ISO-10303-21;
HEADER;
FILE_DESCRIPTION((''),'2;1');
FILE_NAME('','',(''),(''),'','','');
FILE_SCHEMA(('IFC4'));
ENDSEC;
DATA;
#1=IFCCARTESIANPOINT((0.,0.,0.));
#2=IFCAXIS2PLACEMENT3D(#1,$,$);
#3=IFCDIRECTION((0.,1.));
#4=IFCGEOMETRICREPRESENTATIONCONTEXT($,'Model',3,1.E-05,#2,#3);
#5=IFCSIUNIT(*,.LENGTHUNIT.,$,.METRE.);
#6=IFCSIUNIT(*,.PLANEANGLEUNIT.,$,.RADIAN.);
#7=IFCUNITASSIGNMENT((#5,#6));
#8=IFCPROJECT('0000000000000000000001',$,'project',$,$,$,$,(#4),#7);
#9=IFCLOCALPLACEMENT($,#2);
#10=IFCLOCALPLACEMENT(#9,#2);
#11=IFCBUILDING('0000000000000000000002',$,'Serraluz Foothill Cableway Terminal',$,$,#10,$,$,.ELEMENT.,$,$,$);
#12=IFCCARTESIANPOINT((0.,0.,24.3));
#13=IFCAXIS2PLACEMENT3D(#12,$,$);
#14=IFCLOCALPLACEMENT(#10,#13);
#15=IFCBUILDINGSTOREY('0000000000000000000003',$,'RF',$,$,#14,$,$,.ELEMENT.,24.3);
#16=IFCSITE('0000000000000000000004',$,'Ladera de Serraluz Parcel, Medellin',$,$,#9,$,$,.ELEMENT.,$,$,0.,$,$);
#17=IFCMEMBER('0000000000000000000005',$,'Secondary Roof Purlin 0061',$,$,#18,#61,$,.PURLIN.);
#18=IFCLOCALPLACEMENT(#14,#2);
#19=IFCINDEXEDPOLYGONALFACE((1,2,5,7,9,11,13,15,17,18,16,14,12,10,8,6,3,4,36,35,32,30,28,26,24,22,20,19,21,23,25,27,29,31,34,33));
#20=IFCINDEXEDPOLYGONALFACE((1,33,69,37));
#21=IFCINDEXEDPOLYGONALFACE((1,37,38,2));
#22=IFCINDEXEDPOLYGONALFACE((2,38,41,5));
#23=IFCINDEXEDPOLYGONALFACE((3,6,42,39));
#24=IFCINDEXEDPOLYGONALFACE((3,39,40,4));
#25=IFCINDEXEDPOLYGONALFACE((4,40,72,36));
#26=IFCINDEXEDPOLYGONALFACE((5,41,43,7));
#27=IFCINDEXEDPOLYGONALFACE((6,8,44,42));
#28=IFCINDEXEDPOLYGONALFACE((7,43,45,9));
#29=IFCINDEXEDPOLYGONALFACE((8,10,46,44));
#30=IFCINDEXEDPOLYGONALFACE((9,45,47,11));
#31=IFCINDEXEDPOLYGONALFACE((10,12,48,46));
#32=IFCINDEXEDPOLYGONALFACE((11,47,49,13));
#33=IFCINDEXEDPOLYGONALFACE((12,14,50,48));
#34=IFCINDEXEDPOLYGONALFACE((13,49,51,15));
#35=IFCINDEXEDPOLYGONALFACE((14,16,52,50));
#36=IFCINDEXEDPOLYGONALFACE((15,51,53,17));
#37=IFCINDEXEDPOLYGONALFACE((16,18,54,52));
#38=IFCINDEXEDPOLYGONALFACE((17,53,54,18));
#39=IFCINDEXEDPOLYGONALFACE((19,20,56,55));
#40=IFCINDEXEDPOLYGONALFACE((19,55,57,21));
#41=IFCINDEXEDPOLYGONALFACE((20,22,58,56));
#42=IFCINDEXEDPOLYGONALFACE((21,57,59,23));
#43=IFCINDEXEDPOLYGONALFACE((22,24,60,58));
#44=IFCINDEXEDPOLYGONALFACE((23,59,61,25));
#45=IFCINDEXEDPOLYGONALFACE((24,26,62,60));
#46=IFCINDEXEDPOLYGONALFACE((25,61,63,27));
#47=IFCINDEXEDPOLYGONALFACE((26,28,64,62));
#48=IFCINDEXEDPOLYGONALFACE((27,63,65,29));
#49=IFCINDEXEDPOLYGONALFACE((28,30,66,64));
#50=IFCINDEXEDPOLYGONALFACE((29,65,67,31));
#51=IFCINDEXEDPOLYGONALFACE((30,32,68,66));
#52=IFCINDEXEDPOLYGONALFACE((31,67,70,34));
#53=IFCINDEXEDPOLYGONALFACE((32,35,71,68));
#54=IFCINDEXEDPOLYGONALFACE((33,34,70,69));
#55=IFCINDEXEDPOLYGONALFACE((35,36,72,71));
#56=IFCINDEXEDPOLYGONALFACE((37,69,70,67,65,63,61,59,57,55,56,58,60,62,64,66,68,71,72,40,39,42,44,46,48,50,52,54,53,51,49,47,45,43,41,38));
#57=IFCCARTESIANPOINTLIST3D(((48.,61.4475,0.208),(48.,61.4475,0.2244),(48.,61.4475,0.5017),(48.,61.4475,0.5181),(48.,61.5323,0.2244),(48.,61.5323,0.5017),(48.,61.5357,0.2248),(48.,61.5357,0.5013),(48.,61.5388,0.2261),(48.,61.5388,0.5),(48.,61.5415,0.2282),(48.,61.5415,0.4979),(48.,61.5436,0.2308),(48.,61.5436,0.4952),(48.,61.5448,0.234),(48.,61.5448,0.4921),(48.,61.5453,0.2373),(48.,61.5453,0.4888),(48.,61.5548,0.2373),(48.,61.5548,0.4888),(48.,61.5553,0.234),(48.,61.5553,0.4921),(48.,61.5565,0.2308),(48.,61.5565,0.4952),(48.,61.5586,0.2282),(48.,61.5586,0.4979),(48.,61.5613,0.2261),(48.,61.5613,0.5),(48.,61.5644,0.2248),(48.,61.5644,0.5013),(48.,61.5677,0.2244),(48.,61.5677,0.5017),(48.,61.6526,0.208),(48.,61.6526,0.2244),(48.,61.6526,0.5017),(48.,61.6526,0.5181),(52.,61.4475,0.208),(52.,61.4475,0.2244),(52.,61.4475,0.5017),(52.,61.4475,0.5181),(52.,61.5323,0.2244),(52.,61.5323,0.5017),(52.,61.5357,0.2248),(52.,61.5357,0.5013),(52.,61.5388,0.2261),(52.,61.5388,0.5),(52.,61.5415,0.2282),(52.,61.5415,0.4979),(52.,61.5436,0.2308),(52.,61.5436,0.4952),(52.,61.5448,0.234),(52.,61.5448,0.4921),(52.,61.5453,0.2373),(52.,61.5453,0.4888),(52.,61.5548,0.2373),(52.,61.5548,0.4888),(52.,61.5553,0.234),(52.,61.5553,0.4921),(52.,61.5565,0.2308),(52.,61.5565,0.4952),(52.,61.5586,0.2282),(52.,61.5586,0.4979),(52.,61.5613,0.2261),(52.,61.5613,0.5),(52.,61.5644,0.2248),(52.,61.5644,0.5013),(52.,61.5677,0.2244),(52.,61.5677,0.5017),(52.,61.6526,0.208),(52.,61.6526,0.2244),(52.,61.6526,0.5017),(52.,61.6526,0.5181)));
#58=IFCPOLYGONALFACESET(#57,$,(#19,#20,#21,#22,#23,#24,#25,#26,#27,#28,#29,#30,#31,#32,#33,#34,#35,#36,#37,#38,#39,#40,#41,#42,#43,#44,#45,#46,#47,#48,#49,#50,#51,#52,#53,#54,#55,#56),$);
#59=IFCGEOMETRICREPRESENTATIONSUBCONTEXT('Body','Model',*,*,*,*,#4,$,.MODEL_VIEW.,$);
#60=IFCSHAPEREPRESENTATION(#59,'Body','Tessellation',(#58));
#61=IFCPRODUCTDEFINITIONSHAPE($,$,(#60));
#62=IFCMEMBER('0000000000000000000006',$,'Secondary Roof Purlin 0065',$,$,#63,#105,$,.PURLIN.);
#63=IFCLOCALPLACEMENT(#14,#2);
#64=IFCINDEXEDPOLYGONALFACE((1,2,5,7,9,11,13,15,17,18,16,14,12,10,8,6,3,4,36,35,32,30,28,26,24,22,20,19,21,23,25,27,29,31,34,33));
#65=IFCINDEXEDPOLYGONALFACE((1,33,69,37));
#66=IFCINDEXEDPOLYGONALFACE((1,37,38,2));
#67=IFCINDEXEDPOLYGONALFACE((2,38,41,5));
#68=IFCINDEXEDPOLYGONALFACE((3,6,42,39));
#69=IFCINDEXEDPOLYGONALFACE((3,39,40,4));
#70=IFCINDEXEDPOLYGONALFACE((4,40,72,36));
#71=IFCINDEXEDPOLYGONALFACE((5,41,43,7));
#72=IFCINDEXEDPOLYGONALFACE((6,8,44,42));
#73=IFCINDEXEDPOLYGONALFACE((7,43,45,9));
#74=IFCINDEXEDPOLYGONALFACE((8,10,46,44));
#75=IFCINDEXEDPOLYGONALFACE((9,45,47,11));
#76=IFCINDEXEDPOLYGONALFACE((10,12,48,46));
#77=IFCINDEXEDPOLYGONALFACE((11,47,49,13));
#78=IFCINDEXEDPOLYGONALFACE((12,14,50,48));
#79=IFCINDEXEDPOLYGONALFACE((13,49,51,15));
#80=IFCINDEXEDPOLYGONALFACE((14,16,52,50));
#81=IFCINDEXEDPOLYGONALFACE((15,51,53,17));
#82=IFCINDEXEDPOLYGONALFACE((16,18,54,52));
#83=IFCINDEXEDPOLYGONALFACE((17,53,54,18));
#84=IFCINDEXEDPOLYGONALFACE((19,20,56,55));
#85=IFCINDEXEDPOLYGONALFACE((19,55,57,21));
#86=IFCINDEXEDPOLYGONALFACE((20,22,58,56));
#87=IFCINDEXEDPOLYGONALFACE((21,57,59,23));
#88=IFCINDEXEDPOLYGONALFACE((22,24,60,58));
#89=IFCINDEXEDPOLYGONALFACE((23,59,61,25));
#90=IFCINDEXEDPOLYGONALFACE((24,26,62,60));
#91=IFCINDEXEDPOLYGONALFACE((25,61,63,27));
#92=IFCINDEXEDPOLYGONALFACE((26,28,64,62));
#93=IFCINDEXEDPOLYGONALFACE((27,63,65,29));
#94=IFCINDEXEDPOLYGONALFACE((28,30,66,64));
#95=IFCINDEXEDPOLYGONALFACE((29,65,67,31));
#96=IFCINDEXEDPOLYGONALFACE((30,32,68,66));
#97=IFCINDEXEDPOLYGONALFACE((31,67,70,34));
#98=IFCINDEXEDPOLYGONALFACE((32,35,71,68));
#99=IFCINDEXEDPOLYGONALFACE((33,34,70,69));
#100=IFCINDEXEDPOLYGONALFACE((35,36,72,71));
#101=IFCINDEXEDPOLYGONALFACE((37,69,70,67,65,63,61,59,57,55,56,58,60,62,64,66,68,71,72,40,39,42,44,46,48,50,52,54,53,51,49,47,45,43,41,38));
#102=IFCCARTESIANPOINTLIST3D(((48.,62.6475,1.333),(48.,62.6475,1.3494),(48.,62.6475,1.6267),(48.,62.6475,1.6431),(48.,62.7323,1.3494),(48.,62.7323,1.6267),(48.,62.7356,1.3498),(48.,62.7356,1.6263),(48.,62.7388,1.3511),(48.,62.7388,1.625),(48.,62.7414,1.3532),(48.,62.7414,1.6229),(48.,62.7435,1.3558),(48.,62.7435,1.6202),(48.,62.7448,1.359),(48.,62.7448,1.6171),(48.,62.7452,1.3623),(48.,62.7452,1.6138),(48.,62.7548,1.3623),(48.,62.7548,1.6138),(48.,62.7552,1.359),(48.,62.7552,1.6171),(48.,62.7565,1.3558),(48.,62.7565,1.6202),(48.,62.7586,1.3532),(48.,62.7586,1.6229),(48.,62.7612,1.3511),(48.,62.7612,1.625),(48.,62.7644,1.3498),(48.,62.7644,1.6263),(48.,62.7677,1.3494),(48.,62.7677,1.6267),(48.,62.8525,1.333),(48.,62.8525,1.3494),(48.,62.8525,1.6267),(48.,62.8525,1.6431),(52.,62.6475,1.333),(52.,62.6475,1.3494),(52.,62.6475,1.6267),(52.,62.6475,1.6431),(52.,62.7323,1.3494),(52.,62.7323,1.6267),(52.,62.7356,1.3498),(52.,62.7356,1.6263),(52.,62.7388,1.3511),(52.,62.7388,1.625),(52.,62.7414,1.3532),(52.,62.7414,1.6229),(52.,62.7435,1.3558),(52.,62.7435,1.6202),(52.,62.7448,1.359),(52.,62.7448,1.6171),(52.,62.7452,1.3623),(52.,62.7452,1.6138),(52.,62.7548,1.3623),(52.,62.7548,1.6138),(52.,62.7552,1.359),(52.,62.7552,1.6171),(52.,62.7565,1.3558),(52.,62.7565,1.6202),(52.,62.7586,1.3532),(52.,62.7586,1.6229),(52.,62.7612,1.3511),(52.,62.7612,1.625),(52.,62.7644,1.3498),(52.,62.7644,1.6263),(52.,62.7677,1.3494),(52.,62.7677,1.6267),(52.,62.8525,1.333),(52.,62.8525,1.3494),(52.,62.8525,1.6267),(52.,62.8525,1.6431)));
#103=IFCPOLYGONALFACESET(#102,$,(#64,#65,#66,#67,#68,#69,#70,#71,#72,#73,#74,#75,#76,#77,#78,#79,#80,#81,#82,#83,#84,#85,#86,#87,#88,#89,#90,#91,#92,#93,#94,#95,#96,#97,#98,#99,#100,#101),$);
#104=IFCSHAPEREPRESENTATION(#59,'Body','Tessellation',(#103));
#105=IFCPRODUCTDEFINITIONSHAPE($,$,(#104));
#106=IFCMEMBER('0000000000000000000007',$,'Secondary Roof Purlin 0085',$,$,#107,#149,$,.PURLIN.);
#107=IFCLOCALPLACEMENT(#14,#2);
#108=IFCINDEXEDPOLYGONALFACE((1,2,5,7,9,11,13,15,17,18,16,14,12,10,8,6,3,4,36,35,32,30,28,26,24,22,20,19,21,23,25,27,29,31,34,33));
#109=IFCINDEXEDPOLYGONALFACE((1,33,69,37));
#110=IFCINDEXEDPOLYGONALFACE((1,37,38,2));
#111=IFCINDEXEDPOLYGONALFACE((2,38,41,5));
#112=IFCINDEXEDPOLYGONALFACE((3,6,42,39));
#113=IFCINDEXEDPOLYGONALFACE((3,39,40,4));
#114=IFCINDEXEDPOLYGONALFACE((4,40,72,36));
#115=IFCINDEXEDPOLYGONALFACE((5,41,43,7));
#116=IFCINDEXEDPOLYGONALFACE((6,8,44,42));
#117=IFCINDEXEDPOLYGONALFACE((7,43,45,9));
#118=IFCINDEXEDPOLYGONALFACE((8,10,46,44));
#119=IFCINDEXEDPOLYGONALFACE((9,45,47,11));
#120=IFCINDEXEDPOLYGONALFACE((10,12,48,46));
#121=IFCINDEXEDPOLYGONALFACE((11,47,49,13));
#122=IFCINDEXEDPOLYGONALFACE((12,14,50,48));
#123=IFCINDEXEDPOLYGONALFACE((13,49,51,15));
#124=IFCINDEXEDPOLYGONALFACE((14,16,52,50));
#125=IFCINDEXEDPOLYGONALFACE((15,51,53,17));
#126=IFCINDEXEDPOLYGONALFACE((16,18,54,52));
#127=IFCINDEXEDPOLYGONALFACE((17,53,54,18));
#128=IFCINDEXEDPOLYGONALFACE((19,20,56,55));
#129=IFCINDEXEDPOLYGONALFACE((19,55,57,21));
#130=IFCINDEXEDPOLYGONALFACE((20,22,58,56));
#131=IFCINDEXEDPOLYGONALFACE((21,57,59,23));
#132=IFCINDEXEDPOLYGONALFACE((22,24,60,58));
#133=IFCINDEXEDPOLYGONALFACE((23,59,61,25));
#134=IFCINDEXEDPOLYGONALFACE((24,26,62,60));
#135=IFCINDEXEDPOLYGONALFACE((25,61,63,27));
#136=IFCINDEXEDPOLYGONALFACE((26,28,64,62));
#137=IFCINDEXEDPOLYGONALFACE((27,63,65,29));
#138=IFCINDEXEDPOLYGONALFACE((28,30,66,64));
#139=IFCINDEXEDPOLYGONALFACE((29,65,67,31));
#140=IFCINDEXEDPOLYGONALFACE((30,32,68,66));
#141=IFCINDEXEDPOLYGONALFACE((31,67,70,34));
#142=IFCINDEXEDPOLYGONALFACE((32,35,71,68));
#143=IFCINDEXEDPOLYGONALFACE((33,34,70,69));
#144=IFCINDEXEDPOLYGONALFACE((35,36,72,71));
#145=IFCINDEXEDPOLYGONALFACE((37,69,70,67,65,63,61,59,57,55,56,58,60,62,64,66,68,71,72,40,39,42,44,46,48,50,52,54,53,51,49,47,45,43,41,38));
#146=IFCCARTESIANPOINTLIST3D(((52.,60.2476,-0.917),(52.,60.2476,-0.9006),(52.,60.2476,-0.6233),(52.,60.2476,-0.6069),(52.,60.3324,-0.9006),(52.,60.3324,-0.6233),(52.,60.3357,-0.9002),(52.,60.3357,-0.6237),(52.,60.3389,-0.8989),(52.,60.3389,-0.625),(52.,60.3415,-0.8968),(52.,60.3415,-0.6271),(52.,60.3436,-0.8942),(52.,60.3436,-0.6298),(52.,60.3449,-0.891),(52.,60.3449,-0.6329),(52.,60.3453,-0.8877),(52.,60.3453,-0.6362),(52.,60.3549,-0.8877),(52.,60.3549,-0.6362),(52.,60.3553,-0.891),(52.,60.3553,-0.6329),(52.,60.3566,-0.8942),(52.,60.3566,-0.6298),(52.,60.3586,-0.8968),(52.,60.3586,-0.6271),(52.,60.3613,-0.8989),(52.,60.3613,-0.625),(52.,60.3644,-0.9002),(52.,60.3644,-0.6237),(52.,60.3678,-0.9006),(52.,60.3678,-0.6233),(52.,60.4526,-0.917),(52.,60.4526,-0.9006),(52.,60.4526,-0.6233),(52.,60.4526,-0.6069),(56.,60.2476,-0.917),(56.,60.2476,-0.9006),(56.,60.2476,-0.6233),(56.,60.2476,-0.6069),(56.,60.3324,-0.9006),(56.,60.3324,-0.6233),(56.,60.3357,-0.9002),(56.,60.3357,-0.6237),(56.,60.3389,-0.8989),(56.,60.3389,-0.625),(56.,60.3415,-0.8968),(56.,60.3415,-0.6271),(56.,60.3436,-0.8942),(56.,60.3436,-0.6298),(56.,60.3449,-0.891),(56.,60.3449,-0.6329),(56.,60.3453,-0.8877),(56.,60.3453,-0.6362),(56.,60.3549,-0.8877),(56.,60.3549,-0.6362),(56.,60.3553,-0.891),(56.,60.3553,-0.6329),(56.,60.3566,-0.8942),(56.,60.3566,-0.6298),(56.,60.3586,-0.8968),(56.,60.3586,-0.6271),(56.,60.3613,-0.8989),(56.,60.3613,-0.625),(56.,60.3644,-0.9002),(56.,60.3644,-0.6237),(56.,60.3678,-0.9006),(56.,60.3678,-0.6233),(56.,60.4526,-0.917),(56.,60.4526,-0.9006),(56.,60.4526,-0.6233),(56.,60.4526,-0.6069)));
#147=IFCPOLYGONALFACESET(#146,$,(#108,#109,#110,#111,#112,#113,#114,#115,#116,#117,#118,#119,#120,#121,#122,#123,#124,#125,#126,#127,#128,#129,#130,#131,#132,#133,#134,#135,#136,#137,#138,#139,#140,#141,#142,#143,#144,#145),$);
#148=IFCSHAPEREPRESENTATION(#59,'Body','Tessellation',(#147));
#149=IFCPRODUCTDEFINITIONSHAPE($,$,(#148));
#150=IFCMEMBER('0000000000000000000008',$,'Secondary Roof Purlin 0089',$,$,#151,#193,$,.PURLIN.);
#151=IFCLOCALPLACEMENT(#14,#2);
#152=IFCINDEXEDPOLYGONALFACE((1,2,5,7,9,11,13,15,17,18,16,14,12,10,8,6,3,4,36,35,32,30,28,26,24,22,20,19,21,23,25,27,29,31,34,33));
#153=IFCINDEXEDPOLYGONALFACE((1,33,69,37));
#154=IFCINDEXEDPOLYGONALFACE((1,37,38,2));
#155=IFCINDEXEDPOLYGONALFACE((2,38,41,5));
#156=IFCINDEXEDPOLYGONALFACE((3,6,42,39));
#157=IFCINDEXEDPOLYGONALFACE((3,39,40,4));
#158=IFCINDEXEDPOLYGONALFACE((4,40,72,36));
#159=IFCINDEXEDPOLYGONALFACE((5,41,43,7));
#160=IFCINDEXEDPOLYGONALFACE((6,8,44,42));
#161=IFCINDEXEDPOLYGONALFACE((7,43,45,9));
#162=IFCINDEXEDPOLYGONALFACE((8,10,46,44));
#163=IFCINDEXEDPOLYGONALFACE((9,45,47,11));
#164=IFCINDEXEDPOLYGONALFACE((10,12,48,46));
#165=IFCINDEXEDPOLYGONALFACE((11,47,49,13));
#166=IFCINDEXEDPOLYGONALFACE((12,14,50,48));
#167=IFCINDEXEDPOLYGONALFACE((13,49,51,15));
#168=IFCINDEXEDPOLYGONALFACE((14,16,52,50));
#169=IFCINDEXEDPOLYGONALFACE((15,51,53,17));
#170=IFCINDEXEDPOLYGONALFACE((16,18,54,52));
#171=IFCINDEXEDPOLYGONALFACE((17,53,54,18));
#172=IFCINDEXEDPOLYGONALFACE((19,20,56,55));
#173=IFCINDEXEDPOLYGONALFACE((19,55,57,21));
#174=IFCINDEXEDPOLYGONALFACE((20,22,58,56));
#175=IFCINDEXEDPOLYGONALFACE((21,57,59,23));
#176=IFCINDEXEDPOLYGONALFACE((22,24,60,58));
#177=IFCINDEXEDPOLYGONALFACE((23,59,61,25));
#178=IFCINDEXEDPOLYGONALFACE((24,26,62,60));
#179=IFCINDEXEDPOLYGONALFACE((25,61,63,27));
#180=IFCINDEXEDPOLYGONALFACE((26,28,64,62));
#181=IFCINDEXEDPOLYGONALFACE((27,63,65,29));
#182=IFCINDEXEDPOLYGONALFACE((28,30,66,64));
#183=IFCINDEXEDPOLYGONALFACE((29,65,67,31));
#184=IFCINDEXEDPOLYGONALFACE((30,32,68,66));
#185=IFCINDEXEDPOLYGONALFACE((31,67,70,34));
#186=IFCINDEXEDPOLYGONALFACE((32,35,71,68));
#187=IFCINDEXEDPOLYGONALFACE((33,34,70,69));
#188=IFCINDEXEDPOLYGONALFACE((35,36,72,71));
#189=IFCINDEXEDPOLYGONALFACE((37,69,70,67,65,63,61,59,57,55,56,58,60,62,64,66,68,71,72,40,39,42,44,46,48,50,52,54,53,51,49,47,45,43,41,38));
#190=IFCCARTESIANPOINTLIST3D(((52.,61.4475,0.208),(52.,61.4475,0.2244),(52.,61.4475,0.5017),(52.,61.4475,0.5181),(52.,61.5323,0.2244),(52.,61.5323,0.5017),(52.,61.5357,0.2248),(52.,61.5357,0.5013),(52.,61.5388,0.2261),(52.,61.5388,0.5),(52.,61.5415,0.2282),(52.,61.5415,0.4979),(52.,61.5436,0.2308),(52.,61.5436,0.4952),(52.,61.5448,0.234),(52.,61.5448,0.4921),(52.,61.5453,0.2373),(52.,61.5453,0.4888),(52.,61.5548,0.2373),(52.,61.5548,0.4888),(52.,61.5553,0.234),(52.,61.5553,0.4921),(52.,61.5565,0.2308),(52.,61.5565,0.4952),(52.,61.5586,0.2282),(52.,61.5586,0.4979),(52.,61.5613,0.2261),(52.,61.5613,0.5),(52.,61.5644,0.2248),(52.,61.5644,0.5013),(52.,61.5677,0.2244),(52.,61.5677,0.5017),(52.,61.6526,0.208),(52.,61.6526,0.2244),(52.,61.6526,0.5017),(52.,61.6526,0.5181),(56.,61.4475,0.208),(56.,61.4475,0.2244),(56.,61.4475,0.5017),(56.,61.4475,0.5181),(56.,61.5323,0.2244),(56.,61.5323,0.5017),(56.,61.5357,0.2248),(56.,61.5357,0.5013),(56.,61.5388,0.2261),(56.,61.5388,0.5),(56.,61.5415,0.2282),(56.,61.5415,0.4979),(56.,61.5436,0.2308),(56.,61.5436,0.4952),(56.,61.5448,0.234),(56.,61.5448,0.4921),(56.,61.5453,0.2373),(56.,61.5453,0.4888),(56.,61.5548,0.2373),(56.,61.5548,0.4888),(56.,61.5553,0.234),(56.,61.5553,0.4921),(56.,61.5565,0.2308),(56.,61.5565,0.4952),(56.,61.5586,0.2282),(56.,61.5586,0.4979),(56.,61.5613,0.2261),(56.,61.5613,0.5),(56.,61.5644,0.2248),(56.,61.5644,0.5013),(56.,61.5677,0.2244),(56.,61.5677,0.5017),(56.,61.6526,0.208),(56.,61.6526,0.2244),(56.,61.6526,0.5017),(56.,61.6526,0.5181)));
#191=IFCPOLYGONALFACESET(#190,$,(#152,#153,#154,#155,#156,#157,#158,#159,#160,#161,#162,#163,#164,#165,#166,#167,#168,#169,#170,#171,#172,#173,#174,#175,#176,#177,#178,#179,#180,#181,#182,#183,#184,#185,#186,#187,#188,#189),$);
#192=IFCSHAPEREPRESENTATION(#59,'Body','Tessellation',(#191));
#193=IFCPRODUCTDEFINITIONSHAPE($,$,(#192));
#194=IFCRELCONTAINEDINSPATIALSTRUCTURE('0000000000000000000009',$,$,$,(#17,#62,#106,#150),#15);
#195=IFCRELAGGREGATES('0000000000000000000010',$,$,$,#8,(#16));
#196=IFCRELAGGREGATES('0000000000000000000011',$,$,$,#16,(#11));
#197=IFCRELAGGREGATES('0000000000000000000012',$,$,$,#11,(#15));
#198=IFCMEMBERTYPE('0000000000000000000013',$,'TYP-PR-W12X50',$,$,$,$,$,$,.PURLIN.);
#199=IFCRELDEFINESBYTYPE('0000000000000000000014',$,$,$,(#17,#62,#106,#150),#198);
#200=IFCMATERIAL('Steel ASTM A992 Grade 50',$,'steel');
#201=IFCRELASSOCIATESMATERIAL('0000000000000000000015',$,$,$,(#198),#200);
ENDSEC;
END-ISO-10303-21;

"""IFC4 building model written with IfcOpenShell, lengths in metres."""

from ifc_helpers import new_model, si_unit, direction, frame, origin, origin_2d, place, context, subcontext, project, spatial, i_section, extrude, material, material_profile, profile_set, type_object, element, save


model = new_model("IFC4")

# Units and contexts
model_context = context("Model", 3, precision=1e-05, world=origin(), true_north=direction((0.0, 1.0)))
body_context = subcontext(model_context, "Body", "Model", "MODEL_VIEW")
ifc_project = project(units=[si_unit("LENGTHUNIT", "METRE"), si_unit("PLANEANGLEUNIT", "RADIAN")], contexts=[model_context])

# Site, building, storey
site_placement = place(None, origin())
site = spatial("IfcSite", under=ifc_project, at=site_placement, Name="Ladera de Serraluz Parcel, Medellin", CompositionType="ELEMENT", RefElevation=0.0)
building_placement = place(site_placement, origin())
building = spatial("IfcBuilding", under=site, at=building_placement, Name="Serraluz Foothill Cableway Terminal", CompositionType="ELEMENT")
storey_placement = place(building_placement, frame((0.0, 0.0, 24.3)))
storey = spatial("IfcBuildingStorey", under=building, at=storey_placement, Name="RF", CompositionType="ELEMENT", Elevation=24.3)

# Members
ifc_material_1 = material(Name="Steel ASTM A992 Grade 50", Category="steel")
ifc_material_profile_1 = material_profile(ifc_material_1, i_section(OverallWidth=0.2051, OverallDepth=0.3101, WebThickness=0.0095, FlangeThickness=0.0164, FilletRadius=0.0129, at=origin_2d()), Name="W12X50")
ifc_profile_set_1 = profile_set([ifc_material_profile_1], Name="Steel ASTM A992 Grade 50")
member_type_1 = type_object("IfcMemberType", Name="TYP-PR-W12X50", PredefinedType="PURLIN", material=ifc_profile_set_1)
for number, where, z_axis, x_axis, name in (
    (1, (48.0, 61.55, 0.363), (1.0, 0.0, 0.0), (0.0, 1.0, 0.0), "Secondary Roof Purlin 0061"),
    (2, (48.0, 62.75, 1.488), (1.0, 0.0, 0.0), (0.0, 1.0, 0.0), "Secondary Roof Purlin 0065"),
    (3, (52.0, 60.3501, -0.762), (1.0, 0.0, 0.0), (0.0, 1.0, 0.0), "Secondary Roof Purlin 0085"),
    (4, (52.0, 61.55, 0.363), (1.0, 0.0, 0.0), (0.0, 1.0, 0.0), "Secondary Roof Purlin 0089"),
):
    element("IfcMember", number, at=place(storey_placement, frame(where, z_axis=z_axis, x_axis=x_axis)), inside=storey, type_object=member_type_1, Name=name, PredefinedType="PURLIN", context=body_context, shape_type="SweptSolid", body=[
        extrude(i_section(OverallWidth=0.2051, OverallDepth=0.3101, WebThickness=0.0095, FlangeThickness=0.0164, FilletRadius=0.0129, at=origin_2d()), origin(), (0.0, 0.0, 1.0), 4.0),
    ])

save(model, "model.ifc")
